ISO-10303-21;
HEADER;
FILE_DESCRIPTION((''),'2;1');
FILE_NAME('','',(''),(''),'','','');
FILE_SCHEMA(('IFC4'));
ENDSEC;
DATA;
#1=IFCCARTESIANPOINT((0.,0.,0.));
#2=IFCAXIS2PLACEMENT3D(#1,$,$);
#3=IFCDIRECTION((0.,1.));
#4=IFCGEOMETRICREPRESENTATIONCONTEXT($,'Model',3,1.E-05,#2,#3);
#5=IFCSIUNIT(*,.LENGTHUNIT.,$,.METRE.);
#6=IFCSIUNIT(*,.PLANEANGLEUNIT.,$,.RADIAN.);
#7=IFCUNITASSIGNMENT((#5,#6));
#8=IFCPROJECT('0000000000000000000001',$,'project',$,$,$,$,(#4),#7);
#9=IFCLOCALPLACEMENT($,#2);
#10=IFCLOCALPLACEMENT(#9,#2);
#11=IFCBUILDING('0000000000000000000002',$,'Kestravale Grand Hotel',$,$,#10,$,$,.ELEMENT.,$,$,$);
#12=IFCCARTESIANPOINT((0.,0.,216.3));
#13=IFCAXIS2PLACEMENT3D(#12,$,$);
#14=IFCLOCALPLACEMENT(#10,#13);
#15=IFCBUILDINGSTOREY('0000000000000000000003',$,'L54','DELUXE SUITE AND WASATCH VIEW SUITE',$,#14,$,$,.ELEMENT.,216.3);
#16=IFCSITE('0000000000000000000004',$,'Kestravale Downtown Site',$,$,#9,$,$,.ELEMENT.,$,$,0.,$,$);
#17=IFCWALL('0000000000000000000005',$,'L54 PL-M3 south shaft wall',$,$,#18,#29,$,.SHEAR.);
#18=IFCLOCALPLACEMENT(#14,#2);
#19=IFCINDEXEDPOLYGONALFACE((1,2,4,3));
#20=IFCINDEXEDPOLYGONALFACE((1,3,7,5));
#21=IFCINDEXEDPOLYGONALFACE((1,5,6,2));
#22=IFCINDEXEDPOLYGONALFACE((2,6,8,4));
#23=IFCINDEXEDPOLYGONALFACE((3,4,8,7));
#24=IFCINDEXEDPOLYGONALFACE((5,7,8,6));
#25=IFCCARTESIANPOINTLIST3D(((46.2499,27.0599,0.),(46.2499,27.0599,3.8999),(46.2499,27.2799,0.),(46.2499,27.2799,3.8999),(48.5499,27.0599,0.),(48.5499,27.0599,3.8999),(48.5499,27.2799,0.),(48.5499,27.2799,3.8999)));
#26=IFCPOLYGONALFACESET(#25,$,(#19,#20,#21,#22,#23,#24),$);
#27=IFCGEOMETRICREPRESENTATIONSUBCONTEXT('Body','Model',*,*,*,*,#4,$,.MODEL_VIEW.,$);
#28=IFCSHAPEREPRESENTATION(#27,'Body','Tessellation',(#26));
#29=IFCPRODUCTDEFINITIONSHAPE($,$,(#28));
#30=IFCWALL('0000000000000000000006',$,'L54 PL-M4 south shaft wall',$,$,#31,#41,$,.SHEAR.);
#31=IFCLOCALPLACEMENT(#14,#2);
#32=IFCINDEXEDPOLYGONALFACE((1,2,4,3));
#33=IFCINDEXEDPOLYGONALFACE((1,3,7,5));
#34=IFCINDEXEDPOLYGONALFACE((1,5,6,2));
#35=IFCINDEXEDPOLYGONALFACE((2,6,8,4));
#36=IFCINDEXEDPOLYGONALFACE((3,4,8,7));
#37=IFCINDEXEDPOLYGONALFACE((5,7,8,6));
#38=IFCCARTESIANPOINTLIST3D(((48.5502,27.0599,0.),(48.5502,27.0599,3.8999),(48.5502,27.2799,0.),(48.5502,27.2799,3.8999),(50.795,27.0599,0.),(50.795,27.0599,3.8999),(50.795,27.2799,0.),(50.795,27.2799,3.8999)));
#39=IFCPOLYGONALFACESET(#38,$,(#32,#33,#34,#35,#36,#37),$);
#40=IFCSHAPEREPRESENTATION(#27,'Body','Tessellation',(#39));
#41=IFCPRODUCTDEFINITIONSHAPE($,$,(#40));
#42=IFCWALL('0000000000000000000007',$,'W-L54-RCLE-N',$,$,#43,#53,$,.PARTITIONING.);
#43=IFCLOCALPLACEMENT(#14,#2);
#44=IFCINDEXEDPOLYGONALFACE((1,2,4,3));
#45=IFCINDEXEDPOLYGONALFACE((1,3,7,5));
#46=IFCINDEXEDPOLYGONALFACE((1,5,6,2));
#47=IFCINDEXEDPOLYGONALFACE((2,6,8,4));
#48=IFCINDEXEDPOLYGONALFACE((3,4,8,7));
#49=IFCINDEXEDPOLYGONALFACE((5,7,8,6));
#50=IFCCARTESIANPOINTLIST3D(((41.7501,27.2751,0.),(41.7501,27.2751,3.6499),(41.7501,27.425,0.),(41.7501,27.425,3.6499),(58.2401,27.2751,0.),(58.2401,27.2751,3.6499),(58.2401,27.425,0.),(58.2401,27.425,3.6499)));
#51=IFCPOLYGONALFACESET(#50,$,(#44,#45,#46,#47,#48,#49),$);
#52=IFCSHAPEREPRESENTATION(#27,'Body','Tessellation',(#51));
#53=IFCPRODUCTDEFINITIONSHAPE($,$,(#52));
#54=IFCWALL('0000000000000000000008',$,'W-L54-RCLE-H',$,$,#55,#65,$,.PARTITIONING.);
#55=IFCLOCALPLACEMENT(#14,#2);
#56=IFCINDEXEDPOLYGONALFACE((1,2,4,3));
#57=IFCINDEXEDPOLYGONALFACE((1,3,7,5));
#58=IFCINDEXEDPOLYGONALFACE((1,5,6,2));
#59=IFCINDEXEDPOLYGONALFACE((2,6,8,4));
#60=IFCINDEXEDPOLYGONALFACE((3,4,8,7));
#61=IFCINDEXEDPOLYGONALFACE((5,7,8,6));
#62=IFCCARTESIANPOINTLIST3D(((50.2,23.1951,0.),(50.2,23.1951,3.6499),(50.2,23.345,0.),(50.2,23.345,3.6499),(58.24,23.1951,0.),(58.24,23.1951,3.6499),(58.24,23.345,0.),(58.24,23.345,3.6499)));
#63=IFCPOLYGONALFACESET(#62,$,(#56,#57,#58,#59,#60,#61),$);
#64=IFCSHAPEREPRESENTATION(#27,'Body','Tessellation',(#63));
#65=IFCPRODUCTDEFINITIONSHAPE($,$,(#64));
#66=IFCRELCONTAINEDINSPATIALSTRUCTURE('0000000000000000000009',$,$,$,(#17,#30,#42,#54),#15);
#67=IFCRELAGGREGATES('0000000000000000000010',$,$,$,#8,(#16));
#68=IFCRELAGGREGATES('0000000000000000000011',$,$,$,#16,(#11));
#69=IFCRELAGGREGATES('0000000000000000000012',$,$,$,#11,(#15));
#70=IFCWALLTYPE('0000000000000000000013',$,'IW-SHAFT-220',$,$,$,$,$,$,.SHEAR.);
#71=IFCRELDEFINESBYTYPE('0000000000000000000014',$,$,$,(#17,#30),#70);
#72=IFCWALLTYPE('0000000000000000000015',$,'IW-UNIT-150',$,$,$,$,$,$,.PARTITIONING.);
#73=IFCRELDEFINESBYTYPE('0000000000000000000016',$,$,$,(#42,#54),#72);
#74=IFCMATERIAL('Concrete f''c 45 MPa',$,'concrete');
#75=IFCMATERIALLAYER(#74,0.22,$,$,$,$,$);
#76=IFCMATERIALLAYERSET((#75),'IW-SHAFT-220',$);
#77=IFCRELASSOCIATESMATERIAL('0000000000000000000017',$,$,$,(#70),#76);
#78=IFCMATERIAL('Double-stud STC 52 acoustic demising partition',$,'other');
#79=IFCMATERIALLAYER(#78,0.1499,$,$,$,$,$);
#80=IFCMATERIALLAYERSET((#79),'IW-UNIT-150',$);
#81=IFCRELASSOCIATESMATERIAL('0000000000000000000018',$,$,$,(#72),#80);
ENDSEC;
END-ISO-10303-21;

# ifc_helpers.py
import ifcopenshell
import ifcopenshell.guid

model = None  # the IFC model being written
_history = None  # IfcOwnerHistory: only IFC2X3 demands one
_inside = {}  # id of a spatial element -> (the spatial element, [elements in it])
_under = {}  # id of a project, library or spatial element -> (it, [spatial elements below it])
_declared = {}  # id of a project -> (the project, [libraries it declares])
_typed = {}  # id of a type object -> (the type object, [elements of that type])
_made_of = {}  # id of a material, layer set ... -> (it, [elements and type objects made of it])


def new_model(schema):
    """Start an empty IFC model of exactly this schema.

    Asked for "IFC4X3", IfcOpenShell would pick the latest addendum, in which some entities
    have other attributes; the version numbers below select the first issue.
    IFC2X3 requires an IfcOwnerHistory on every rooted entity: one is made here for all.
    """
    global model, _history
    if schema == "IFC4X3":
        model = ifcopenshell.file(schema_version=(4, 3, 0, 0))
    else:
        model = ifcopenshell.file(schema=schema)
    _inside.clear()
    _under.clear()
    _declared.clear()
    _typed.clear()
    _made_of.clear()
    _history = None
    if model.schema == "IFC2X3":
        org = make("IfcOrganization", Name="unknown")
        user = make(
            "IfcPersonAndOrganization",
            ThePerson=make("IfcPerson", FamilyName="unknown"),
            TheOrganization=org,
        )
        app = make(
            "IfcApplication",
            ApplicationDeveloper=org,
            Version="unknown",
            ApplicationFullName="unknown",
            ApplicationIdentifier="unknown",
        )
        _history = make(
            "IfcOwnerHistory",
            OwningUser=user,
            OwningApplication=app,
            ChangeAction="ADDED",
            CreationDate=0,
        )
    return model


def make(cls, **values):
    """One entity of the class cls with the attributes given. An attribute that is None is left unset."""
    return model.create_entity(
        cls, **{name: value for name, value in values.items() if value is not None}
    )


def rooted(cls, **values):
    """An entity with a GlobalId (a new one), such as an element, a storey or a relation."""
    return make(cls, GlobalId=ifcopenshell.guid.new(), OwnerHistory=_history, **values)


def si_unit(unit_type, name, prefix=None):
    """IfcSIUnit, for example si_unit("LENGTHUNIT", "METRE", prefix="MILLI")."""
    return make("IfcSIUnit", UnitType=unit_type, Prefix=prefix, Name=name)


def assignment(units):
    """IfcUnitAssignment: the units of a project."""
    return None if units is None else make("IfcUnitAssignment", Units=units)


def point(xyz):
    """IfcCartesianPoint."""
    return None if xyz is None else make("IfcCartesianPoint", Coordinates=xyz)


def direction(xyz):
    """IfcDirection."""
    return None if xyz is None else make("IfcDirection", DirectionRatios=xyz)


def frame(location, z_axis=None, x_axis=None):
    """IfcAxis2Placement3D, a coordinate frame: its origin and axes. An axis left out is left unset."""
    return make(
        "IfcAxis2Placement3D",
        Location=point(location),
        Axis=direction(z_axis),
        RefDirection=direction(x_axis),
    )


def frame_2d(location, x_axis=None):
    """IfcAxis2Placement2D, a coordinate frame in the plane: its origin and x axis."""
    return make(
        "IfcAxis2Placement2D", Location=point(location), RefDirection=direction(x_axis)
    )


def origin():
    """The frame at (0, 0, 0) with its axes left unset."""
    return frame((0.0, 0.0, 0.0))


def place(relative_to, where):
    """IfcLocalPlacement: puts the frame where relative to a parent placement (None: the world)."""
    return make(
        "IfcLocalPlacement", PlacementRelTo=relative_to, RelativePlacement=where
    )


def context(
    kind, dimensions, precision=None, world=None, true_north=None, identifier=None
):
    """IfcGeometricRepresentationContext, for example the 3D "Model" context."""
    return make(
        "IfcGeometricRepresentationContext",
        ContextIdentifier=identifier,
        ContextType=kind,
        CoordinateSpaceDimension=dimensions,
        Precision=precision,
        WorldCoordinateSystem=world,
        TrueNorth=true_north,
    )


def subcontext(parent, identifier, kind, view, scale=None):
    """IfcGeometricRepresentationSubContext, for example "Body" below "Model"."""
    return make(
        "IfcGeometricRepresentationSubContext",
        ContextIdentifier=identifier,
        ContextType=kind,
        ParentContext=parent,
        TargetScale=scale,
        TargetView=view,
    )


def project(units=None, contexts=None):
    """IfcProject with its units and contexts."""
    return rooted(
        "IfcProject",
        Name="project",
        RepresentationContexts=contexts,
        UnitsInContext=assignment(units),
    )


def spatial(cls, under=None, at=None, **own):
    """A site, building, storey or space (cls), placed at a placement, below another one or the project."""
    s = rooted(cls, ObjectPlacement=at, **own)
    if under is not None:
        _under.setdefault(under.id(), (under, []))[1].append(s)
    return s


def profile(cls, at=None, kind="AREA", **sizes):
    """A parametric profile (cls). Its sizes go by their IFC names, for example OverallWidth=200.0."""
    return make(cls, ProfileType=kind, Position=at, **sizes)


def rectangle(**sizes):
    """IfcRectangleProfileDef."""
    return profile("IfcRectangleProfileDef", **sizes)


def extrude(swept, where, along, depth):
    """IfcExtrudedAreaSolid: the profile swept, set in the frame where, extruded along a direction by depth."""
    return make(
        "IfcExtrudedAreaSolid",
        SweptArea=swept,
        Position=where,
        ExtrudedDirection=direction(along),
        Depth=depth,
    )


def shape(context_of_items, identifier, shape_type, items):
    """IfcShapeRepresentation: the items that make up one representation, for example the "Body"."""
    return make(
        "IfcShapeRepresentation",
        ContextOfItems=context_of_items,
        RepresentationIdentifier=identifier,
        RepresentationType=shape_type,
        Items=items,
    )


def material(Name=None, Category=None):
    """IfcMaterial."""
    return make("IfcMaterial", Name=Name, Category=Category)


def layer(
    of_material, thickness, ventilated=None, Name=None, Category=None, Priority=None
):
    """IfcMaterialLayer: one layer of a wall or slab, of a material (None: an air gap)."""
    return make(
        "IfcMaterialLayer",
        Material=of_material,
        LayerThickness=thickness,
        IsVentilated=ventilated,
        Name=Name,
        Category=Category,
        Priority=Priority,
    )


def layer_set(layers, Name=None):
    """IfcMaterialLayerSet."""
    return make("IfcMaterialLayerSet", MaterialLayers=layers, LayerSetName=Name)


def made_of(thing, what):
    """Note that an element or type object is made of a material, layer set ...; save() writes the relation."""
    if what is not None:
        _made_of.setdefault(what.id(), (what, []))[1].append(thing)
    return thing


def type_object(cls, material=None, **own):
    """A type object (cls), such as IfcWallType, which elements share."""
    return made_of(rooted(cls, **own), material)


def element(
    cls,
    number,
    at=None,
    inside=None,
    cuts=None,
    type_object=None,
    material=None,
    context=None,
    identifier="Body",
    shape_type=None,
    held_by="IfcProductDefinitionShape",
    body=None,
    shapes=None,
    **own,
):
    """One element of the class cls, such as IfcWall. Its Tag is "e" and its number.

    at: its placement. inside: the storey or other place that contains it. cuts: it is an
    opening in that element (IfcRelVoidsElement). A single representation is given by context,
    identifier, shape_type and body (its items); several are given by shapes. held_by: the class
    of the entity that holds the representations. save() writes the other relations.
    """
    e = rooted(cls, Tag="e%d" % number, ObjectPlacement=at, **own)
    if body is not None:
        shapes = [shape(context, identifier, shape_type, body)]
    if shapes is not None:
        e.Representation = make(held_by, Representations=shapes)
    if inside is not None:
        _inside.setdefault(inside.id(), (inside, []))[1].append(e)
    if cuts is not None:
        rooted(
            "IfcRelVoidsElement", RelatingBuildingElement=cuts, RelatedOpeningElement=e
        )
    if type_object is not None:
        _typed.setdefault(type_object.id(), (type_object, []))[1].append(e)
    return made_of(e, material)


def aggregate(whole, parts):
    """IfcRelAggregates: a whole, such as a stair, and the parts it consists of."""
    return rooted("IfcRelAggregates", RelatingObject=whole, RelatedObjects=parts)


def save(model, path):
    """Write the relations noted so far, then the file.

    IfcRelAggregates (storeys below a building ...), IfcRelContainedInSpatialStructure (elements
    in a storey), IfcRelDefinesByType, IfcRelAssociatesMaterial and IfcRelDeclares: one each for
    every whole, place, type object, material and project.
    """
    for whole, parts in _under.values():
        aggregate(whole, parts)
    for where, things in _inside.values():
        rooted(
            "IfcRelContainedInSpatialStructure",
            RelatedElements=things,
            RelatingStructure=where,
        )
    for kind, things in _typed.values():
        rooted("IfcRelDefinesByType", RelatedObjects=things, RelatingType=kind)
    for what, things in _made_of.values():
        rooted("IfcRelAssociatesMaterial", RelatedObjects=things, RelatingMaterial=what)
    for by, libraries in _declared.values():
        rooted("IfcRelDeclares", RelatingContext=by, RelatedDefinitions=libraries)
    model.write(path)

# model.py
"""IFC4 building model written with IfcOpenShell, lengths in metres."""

from ifc_helpers import new_model, si_unit, direction, frame, frame_2d, origin, place, context, subcontext, project, spatial, rectangle, extrude, material, layer, layer_set, type_object, element, save


model = new_model("IFC4")

# Units and contexts
model_context = context("Model", 3, precision=1e-05, world=origin(), true_north=direction((0.0, 1.0)))
body_context = subcontext(model_context, "Body", "Model", "MODEL_VIEW")
ifc_project = project(units=[si_unit("LENGTHUNIT", "METRE"), si_unit("PLANEANGLEUNIT", "RADIAN")], contexts=[model_context])

# Site, building, storey
site_placement = place(None, origin())
site = spatial("IfcSite", under=ifc_project, at=site_placement, Name="Kestravale Downtown Site", CompositionType="ELEMENT", RefElevation=0.0)
building_placement = place(site_placement, origin())
building = spatial("IfcBuilding", under=site, at=building_placement, Name="Kestravale Grand Hotel", CompositionType="ELEMENT")
storey_placement = place(building_placement, frame((0.0, 0.0, 216.3)))
storey = spatial("IfcBuildingStorey", under=building, at=storey_placement, Name="L54", Description="DELUXE SUITE AND WASATCH VIEW SUITE", CompositionType="ELEMENT", Elevation=216.3)

# Shared definitions
ifc_material_1 = material(Name="Concrete f'c 45 MPa", Category="concrete")
ifc_layer_1 = layer(ifc_material_1, 0.22)
ifc_layer_set_1 = layer_set([ifc_layer_1], Name="IW-SHAFT-220")
wall_type_1 = type_object("IfcWallType", Name="IW-SHAFT-220", PredefinedType="SHEAR", material=ifc_layer_set_1)

# Wall
wall_1_placement = place(storey_placement, frame((46.25, 27.1699, 0.0), z_axis=(0.0, 0.0, 1.0), x_axis=(1.0, 0.0, 0.0)))
element("IfcWall", 1, at=wall_1_placement, inside=storey, type_object=wall_type_1, Name="L54 PL-M3 south shaft wall", PredefinedType="SHEAR", context=body_context, shape_type="SweptSolid", body=[
    extrude(rectangle(XDim=2.3, YDim=0.22, at=frame_2d((1.1499, 0.0))), origin(), (0.0, 0.0, 1.0), 3.8999),
])

# Walls
wall_2_placement = place(storey_placement, frame((48.55, 27.1699, 0.0), z_axis=(0.0, 0.0, 1.0), x_axis=(1.0, 0.0, 0.0)))
element("IfcWall", 2, at=wall_2_placement, inside=storey, type_object=wall_type_1, Name="L54 PL-M4 south shaft wall", PredefinedType="SHEAR", context=body_context, shape_type="SweptSolid", body=[
    extrude(rectangle(XDim=2.2449, YDim=0.22, at=frame_2d((1.1226, 0.0))), origin(), (0.0, 0.0, 1.0), 3.8999),
])
ifc_material_2 = material(Name="Double-stud STC 52 acoustic demising partition", Category="other")
ifc_layer_2 = layer(ifc_material_2, 0.1499)
ifc_layer_set_2 = layer_set([ifc_layer_2], Name="IW-UNIT-150")
wall_type_2 = type_object("IfcWallType", Name="IW-UNIT-150", PredefinedType="PARTITIONING", material=ifc_layer_set_2)
wall_3_placement = place(storey_placement, frame((41.75, 27.3501, 0.0), z_axis=(0.0, 0.0, 1.0), x_axis=(1.0, 0.0, 0.0)))
element("IfcWall", 3, at=wall_3_placement, inside=storey, type_object=wall_type_2, Name="W-L54-RCLE-N", PredefinedType="PARTITIONING", context=body_context, shape_type="SweptSolid", body=[
    extrude(rectangle(XDim=16.49, YDim=0.1499, at=frame_2d((8.2451, 0.0))), origin(), (0.0, 0.0, 1.0), 3.6499),
])
wall_4_placement = place(storey_placement, frame((50.2, 23.27, 0.0), z_axis=(0.0, 0.0, 1.0), x_axis=(1.0, 0.0, 0.0)))
element("IfcWall", 4, at=wall_4_placement, inside=storey, type_object=wall_type_2, Name="W-L54-RCLE-H", PredefinedType="PARTITIONING", context=body_context, shape_type="SweptSolid", body=[
    extrude(rectangle(XDim=8.04, YDim=0.1499, at=frame_2d((4.02, 0.0))), origin(), (0.0, 0.0, 1.0), 3.6499),
])

save(model, "model.ifc")
